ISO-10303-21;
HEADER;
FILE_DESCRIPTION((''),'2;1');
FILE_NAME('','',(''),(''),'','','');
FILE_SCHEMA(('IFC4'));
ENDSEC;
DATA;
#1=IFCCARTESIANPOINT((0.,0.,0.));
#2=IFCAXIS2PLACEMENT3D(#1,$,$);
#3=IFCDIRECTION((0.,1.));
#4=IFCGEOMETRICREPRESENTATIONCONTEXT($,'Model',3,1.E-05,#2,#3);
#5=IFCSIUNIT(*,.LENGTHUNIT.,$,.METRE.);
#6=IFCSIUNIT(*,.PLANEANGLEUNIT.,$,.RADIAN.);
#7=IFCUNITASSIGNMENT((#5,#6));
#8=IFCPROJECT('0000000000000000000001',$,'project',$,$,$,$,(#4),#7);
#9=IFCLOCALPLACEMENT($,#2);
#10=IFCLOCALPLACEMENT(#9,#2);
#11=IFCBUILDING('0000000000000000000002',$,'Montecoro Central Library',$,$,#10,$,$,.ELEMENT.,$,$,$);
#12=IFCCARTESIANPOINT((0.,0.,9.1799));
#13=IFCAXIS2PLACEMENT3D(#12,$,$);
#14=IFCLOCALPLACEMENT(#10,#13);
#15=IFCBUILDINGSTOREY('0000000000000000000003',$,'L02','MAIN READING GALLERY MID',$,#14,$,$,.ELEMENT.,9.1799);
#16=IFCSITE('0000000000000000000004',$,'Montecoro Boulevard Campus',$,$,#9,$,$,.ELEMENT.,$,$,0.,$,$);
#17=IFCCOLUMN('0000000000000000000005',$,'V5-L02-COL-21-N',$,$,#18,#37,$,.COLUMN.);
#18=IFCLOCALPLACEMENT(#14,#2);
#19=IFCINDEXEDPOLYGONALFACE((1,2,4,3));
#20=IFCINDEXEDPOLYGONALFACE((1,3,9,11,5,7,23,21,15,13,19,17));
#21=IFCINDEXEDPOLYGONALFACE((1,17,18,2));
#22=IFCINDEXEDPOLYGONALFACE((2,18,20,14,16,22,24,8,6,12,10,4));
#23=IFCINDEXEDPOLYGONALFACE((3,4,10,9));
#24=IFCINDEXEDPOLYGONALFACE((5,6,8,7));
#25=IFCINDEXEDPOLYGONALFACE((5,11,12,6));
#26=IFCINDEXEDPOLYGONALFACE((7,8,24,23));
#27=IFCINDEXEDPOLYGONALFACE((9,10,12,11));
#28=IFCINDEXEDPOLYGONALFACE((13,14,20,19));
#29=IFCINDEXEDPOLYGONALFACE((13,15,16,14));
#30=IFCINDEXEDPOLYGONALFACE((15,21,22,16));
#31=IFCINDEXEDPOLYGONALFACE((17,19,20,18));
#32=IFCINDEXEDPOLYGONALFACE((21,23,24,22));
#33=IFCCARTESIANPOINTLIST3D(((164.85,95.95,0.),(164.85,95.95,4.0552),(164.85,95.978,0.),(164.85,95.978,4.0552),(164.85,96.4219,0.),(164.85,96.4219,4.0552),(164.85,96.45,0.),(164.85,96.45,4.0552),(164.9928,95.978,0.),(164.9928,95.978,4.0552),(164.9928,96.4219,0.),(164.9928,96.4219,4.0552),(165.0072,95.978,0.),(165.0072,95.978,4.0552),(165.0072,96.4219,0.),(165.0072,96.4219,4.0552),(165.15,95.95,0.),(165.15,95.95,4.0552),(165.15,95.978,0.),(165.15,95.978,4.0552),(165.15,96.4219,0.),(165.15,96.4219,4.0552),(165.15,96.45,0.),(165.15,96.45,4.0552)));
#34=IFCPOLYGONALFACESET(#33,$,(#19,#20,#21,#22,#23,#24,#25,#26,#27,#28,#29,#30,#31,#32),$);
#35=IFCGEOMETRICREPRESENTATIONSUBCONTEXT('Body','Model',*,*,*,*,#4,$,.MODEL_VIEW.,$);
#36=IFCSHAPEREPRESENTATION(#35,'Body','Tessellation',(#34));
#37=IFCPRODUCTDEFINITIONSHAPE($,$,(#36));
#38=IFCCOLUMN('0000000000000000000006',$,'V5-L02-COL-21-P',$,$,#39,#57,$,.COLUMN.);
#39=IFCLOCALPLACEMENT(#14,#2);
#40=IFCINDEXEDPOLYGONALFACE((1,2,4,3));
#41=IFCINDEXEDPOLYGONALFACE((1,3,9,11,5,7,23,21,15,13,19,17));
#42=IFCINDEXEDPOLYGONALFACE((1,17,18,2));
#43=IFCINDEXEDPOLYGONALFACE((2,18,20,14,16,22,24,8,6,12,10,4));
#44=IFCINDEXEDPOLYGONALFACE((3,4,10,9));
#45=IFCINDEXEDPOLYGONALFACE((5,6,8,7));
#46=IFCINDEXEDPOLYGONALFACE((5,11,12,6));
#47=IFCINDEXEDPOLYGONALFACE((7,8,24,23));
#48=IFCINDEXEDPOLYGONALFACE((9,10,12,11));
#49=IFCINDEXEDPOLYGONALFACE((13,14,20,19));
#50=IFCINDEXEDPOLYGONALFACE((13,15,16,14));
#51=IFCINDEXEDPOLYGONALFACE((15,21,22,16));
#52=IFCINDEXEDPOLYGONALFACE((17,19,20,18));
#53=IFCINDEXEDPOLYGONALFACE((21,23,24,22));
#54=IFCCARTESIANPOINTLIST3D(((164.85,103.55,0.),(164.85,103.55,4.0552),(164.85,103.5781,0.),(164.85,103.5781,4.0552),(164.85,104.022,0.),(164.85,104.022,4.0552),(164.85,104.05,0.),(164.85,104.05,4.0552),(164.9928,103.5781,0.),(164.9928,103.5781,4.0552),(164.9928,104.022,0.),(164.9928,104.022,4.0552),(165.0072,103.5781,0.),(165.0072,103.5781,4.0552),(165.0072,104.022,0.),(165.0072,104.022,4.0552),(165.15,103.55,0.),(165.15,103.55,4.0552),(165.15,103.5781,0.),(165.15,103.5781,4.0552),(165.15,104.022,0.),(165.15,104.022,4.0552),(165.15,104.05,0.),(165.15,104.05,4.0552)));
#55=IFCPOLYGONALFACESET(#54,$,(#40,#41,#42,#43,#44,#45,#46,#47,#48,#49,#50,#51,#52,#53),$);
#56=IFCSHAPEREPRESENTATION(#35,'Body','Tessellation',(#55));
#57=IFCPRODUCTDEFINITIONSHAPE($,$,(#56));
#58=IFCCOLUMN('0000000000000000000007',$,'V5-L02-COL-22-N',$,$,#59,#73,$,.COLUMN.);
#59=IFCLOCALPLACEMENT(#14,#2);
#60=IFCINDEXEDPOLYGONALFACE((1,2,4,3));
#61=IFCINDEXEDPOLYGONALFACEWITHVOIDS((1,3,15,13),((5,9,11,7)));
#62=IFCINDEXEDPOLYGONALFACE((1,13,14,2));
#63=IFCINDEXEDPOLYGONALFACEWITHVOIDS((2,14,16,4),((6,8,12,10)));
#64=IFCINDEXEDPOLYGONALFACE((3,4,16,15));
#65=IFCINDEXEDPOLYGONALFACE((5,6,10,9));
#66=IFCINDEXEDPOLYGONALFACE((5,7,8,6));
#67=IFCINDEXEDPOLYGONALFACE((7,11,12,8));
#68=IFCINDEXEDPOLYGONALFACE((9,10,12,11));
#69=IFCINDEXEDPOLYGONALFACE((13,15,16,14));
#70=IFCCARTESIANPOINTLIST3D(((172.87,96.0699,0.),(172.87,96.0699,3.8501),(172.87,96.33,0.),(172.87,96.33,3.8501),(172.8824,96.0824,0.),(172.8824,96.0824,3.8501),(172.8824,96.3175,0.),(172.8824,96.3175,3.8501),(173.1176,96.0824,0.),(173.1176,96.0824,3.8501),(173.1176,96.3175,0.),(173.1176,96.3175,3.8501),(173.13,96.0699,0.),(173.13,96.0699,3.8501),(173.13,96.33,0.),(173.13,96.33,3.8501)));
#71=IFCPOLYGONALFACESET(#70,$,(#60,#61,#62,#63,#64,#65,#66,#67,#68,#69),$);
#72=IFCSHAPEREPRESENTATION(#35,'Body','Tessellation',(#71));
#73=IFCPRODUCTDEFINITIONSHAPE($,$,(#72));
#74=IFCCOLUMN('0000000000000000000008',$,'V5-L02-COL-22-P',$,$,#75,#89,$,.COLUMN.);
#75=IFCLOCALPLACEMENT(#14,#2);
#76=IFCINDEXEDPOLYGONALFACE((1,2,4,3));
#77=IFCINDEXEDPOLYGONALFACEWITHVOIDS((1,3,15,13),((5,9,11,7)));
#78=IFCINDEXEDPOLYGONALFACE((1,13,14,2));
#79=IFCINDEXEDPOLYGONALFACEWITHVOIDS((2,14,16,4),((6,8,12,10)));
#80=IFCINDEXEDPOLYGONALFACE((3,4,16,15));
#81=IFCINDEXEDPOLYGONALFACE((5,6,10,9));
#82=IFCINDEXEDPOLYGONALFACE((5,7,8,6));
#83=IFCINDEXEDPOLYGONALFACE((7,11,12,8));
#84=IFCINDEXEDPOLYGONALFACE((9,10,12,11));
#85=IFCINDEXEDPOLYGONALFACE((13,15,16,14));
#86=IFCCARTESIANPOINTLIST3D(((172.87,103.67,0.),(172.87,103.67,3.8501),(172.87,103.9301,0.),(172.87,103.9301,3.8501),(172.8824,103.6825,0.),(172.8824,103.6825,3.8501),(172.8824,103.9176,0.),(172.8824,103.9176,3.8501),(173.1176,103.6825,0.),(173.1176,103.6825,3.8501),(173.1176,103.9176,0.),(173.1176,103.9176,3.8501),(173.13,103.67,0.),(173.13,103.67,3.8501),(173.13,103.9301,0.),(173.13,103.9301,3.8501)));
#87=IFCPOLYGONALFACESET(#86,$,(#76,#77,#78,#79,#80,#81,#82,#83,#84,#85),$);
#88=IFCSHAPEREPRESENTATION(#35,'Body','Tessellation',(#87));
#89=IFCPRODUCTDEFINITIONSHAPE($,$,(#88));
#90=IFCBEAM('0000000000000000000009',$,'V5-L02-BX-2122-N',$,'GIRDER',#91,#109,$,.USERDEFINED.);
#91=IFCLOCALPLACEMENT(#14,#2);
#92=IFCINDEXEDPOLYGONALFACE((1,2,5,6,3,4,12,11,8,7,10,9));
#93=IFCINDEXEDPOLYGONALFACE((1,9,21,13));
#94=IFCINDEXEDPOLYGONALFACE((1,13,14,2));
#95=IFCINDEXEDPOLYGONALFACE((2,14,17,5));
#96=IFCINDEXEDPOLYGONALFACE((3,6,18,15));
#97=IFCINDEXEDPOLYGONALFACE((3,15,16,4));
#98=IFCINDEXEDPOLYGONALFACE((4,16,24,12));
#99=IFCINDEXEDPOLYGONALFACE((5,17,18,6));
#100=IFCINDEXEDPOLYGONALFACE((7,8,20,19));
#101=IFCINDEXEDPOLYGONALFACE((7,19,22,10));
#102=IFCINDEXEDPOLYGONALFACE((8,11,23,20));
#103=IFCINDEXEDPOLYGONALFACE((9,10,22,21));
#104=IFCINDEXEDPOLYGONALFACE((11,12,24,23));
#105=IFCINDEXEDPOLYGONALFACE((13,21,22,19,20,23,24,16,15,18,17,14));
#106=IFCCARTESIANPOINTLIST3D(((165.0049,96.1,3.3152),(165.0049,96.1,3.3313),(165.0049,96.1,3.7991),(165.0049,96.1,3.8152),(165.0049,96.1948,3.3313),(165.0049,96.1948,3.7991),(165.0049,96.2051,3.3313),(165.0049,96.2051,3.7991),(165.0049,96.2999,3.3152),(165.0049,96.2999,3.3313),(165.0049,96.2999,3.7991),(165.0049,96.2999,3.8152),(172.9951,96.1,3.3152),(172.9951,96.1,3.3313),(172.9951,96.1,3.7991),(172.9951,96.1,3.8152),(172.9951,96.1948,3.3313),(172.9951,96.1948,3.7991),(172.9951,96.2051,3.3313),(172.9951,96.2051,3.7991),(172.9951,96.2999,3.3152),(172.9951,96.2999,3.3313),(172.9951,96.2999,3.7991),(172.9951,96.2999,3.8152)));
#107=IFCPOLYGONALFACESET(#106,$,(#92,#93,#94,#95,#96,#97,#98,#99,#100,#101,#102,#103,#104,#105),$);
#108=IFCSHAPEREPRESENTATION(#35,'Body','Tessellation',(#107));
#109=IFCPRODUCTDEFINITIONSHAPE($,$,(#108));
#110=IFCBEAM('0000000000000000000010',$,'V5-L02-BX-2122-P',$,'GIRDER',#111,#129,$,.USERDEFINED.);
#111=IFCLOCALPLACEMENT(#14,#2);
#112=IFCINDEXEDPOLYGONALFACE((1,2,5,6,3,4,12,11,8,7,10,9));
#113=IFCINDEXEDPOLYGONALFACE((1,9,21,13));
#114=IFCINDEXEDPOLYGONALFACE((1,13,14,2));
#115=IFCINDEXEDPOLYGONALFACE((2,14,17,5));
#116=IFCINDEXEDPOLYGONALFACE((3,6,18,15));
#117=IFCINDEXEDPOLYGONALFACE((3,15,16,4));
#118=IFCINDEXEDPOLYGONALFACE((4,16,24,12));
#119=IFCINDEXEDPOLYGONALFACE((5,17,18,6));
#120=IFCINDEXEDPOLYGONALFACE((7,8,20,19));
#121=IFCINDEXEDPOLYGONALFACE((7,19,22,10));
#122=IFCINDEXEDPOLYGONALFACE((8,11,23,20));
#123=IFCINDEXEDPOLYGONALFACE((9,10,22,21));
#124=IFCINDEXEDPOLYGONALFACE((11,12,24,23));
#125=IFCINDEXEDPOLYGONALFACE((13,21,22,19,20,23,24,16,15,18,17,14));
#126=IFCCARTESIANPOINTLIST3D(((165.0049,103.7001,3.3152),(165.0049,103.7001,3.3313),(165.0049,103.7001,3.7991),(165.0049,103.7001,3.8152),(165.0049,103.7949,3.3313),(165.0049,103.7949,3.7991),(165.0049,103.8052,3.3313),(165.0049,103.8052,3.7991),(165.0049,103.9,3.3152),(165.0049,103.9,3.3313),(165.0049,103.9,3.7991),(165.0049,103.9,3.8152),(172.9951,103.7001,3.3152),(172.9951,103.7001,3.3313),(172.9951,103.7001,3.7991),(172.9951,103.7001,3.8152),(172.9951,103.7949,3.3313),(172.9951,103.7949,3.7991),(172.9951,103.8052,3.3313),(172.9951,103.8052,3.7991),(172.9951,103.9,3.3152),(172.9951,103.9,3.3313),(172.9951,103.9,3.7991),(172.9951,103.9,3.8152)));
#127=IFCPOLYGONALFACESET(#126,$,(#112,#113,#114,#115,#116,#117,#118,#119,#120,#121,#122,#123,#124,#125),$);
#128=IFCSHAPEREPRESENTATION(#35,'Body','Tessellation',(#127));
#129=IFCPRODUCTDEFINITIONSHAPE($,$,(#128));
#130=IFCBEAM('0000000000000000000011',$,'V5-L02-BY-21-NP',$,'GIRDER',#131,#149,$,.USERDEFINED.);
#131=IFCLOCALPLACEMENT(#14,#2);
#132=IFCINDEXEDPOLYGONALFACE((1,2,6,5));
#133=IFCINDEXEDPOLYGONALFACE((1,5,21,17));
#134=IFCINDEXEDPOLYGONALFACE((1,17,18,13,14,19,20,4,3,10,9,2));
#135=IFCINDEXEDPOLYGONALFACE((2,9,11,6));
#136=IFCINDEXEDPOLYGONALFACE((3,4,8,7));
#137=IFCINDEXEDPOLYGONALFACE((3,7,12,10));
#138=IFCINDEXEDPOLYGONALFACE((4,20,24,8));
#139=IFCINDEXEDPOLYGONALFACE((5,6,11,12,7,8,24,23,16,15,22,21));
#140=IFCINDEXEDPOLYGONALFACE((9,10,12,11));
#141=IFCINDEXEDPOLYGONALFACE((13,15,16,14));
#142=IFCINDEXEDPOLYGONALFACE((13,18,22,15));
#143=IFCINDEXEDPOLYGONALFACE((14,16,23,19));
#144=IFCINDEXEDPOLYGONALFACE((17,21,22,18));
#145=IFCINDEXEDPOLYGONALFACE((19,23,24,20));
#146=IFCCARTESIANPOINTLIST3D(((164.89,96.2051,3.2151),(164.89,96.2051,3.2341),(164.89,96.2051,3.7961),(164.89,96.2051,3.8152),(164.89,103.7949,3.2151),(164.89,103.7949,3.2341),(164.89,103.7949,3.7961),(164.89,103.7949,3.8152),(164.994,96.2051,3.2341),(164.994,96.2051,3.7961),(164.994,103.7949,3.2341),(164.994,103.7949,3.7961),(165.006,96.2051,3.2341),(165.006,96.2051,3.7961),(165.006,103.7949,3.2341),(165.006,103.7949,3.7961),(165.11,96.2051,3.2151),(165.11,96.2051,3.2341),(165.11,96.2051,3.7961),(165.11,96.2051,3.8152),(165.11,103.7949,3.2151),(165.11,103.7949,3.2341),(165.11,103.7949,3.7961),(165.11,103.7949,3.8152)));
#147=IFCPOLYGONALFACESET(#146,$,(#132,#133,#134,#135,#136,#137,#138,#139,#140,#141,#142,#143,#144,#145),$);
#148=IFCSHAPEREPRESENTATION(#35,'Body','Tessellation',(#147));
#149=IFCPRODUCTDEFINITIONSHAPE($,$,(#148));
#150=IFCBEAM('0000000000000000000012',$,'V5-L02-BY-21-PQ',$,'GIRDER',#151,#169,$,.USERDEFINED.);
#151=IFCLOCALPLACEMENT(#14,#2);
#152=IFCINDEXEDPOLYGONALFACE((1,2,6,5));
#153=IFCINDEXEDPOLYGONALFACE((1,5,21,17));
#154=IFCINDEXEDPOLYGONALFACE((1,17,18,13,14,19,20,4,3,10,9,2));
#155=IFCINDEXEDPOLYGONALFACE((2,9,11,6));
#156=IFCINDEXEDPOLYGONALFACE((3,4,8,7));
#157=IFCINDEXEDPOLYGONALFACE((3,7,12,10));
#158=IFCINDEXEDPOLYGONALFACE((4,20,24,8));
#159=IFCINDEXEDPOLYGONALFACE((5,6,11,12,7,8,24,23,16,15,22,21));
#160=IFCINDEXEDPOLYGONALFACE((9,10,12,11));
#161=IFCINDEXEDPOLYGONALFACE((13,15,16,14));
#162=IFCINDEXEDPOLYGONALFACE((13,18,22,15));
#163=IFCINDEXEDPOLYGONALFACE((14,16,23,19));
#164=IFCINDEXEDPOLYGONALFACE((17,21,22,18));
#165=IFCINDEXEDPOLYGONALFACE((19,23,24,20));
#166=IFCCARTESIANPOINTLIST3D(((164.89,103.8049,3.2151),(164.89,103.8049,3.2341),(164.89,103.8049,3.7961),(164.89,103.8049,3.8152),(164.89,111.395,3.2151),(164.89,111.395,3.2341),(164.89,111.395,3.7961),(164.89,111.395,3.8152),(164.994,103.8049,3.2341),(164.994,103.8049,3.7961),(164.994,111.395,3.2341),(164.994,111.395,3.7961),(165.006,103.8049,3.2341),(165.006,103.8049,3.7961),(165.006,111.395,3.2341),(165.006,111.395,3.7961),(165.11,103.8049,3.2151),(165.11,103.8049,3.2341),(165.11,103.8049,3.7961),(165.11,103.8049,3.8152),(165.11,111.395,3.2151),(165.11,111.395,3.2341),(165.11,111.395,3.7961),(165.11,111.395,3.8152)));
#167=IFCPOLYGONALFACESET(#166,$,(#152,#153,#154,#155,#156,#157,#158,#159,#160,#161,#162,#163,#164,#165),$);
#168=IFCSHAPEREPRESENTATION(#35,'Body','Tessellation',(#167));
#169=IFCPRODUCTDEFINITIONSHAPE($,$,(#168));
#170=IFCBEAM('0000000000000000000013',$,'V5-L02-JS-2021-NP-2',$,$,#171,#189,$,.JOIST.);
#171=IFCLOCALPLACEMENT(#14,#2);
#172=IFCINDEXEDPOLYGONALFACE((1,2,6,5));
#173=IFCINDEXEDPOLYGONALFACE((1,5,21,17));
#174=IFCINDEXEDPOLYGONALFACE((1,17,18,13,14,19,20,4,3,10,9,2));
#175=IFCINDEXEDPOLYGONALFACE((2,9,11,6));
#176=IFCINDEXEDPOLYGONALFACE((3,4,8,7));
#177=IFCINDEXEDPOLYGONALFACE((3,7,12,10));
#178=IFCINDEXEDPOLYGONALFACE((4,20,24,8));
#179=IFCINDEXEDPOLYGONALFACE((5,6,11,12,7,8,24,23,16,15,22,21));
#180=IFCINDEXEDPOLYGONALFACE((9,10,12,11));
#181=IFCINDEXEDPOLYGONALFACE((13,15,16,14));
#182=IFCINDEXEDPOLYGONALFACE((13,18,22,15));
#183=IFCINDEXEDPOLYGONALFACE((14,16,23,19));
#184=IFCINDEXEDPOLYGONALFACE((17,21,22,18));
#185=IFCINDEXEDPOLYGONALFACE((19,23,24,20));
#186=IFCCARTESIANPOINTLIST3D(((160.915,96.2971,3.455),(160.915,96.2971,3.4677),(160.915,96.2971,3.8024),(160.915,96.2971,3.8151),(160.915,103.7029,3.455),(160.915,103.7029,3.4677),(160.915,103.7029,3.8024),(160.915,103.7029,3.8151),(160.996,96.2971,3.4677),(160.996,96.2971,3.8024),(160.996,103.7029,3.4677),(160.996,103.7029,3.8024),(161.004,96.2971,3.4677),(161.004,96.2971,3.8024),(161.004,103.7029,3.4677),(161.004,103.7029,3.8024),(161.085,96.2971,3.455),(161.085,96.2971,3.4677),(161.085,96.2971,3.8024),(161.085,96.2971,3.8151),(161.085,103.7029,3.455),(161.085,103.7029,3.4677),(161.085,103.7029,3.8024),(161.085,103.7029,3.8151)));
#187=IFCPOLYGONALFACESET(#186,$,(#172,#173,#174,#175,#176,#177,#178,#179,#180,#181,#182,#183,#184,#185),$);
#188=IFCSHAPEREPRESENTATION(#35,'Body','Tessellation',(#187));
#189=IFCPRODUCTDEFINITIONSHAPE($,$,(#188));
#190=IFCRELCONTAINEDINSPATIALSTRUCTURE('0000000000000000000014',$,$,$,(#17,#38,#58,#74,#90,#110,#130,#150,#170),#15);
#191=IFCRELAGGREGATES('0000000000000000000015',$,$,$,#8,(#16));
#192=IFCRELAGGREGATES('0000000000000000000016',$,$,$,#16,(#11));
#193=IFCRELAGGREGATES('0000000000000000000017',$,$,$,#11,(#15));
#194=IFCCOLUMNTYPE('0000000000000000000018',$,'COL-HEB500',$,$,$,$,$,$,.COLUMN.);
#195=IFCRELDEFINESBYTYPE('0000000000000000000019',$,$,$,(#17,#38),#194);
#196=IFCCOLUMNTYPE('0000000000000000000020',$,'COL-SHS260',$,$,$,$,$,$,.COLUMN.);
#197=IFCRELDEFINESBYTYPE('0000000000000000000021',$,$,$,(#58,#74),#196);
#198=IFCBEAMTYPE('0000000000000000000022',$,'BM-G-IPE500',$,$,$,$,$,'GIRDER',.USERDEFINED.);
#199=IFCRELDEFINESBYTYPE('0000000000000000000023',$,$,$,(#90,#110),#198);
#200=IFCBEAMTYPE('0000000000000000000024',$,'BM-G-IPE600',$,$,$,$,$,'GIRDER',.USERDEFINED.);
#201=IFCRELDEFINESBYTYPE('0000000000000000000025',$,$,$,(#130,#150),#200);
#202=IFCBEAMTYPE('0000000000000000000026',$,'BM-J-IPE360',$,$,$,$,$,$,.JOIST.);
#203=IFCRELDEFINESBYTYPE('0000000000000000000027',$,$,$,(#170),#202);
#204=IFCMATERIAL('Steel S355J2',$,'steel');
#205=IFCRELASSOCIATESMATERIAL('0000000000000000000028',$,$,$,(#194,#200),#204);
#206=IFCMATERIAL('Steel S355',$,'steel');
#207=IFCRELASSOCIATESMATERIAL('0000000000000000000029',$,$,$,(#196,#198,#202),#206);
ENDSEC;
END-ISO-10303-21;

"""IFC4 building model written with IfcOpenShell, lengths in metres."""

from ifc_helpers import new_model, si_unit, direction, frame, origin, origin_2d, place, context, subcontext, project, spatial, hollow_rectangle, i_section, extrude, material, material_profile, profile_set, type_object, element, save


model = new_model("IFC4")

# Units and contexts
model_context = context("Model", 3, precision=1e-05, world=origin(), true_north=direction((0.0, 1.0)))
body_context = subcontext(model_context, "Body", "Model", "MODEL_VIEW")
ifc_project = project(units=[si_unit("LENGTHUNIT", "METRE"), si_unit("PLANEANGLEUNIT", "RADIAN")], contexts=[model_context])

# Site, building, storey
site_placement = place(None, origin())
site = spatial("IfcSite", under=ifc_project, at=site_placement, Name="Montecoro Boulevard Campus", CompositionType="ELEMENT", RefElevation=0.0)
building_placement = place(site_placement, origin())
building = spatial("IfcBuilding", under=site, at=building_placement, Name="Montecoro Central Library", CompositionType="ELEMENT")
storey_placement = place(building_placement, frame((0.0, 0.0, 9.1799)))
storey = spatial("IfcBuildingStorey", under=building, at=storey_placement, Name="L02", Description="MAIN READING GALLERY MID", CompositionType="ELEMENT", Elevation=9.1799)

# Columns
ifc_material_1 = material(Name="Steel S355J2", Category="steel")
ifc_material_profile_1 = material_profile(ifc_material_1, i_section(OverallWidth=0.3, OverallDepth=0.5, WebThickness=0.0144, FlangeThickness=0.0281, at=origin_2d()), Name="HEB 500")
ifc_profile_set_1 = profile_set([ifc_material_profile_1], Name="Steel S355J2")
column_type_1 = type_object("IfcColumnType", Name="COL-HEB500", PredefinedType="COLUMN", material=ifc_profile_set_1)
for number, where, z_axis, x_axis, name in (
    (1, (165.0, 96.2, 0.0), (0.0, 0.0, 1.0), (1.0, 0.0, 0.0), "V5-L02-COL-21-N"),
    (2, (165.0, 103.8, 0.0), (0.0, 0.0, 1.0), (1.0, 0.0, 0.0), "V5-L02-COL-21-P"),
):
    element("IfcColumn", number, at=place(storey_placement, frame(where, z_axis=z_axis, x_axis=x_axis)), inside=storey, type_object=column_type_1, Name=name, PredefinedType="COLUMN", context=body_context, shape_type="SweptSolid", body=[
        extrude(i_section(OverallWidth=0.3, OverallDepth=0.5, WebThickness=0.0144, FlangeThickness=0.0281, at=origin_2d()), origin(), (0.0, 0.0, 1.0), 4.0552),
    ])
ifc_material_2 = material(Name="Steel S355", Category="steel")
ifc_material_profile_2 = material_profile(ifc_material_2, hollow_rectangle(XDim=0.26, YDim=0.26, WallThickness=0.0125, at=origin_2d()), Name="SHS 260x260x12.5")
ifc_profile_set_2 = profile_set([ifc_material_profile_2], Name="Steel S355")
column_type_2 = type_object("IfcColumnType", Name="COL-SHS260", PredefinedType="COLUMN", material=ifc_profile_set_2)
for number, where, z_axis, x_axis, name in (
    (3, (173.0, 96.2, 0.0), (0.0, 0.0, 1.0), (1.0, 0.0, 0.0), "V5-L02-COL-22-N"),
    (4, (173.0, 103.8, 0.0), (0.0, 0.0, 1.0), (1.0, 0.0, 0.0), "V5-L02-COL-22-P"),
):
    element("IfcColumn", number, at=place(storey_placement, frame(where, z_axis=z_axis, x_axis=x_axis)), inside=storey, type_object=column_type_2, Name=name, PredefinedType="COLUMN", context=body_context, shape_type="SweptSolid", body=[
        extrude(hollow_rectangle(XDim=0.26, YDim=0.26, WallThickness=0.0125, at=origin_2d()), origin(), (0.0, 0.0, 1.0), 3.8501),
    ])

# Beams
ifc_material_profile_3 = material_profile(ifc_material_2, i_section(OverallWidth=0.2, OverallDepth=0.5, WebThickness=0.0103, FlangeThickness=0.0161, at=origin_2d()), Name="IPE 500")
ifc_profile_set_3 = profile_set([ifc_material_profile_3], Name="Steel S355")
beam_type_1 = type_object("IfcBeamType", Name="BM-G-IPE500", ElementType="GIRDER", PredefinedType="USERDEFINED", material=ifc_profile_set_3)
for number, where, z_axis, x_axis, name in (
    (5, (165.0049, 96.2, 3.5652), (1.0, 0.0, 0.0), (0.0, 1.0, 0.0), "V5-L02-BX-2122-N"),
    (6, (165.0049, 103.8, 3.5652), (1.0, 0.0, 0.0), (0.0, 1.0, 0.0), "V5-L02-BX-2122-P"),
):
    element("IfcBeam", number, at=place(storey_placement, frame(where, z_axis=z_axis, x_axis=x_axis)), inside=storey, type_object=beam_type_1, Name=name, ObjectType="GIRDER", PredefinedType="USERDEFINED", context=body_context, shape_type="SweptSolid", body=[
        extrude(i_section(OverallWidth=0.2, OverallDepth=0.5, WebThickness=0.0103, FlangeThickness=0.0161, at=origin_2d()), origin(), (0.0, 0.0, 1.0), 7.9902),
    ])
ifc_material_profile_4 = material_profile(ifc_material_1, i_section(OverallWidth=0.22, OverallDepth=0.6001, WebThickness=0.012, FlangeThickness=0.019, at=origin_2d()), Name="IPE 600")
ifc_profile_set_4 = profile_set([ifc_material_profile_4], Name="Steel S355J2")
beam_type_2 = type_object("IfcBeamType", Name="BM-G-IPE600", ElementType="GIRDER", PredefinedType="USERDEFINED", material=ifc_profile_set_4)
beam_1_placement = place(storey_placement, frame((165.0, 96.2051, 3.5151), z_axis=(0.0, 1.0, 0.0), x_axis=(-1.0, 0.0, 0.0)))
element("IfcBeam", 7, at=beam_1_placement, inside=storey, type_object=beam_type_2, Name="V5-L02-BY-21-NP", ObjectType="GIRDER", PredefinedType="USERDEFINED", context=body_context, shape_type="SweptSolid", body=[
    extrude(i_section(OverallWidth=0.22, OverallDepth=0.6001, WebThickness=0.012, FlangeThickness=0.019, at=origin_2d()), origin(), (0.0, 0.0, 1.0), 7.5898),
])
beam_2_placement = place(storey_placement, frame((165.0, 103.8049, 3.5151), z_axis=(0.0, 1.0, 0.0), x_axis=(-1.0, 0.0, 0.0)))
element("IfcBeam", 8, at=beam_2_placement, inside=storey, type_object=beam_type_2, Name="V5-L02-BY-21-PQ", ObjectType="GIRDER", PredefinedType="USERDEFINED", context=body_context, shape_type="SweptSolid", body=[
    extrude(i_section(OverallWidth=0.22, OverallDepth=0.6001, WebThickness=0.012, FlangeThickness=0.019, at=origin_2d()), origin(), (0.0, 0.0, 1.0), 7.5901),
])
ifc_material_profile_5 = material_profile(ifc_material_2, i_section(OverallWidth=0.1699, OverallDepth=0.3601, WebThickness=0.0081, FlangeThickness=0.0127, at=origin_2d()), Name="IPE 360")
ifc_profile_set_5 = profile_set([ifc_material_profile_5], Name="Steel S355")
beam_type_3 = type_object("IfcBeamType", Name="BM-J-IPE360", PredefinedType="JOIST", material=ifc_profile_set_5)
for number, where, z_axis, x_axis, name in (
    (9, (161.0, 96.2971, 3.635), (0.0, 1.0, 0.0), (-1.0, 0.0, 0.0), "V5-L02-JS-2021-NP-2"),
):
    element("IfcBeam", number, at=place(storey_placement, frame(where, z_axis=z_axis, x_axis=x_axis)), inside=storey, type_object=beam_type_3, Name=name, PredefinedType="JOIST", context=body_context, shape_type="SweptSolid", body=[
        extrude(i_section(OverallWidth=0.1699, OverallDepth=0.3601, WebThickness=0.0081, FlangeThickness=0.0127, at=origin_2d()), origin(), (0.0, 0.0, 1.0), 7.4058),
    ])

save(model, "model.ifc")
